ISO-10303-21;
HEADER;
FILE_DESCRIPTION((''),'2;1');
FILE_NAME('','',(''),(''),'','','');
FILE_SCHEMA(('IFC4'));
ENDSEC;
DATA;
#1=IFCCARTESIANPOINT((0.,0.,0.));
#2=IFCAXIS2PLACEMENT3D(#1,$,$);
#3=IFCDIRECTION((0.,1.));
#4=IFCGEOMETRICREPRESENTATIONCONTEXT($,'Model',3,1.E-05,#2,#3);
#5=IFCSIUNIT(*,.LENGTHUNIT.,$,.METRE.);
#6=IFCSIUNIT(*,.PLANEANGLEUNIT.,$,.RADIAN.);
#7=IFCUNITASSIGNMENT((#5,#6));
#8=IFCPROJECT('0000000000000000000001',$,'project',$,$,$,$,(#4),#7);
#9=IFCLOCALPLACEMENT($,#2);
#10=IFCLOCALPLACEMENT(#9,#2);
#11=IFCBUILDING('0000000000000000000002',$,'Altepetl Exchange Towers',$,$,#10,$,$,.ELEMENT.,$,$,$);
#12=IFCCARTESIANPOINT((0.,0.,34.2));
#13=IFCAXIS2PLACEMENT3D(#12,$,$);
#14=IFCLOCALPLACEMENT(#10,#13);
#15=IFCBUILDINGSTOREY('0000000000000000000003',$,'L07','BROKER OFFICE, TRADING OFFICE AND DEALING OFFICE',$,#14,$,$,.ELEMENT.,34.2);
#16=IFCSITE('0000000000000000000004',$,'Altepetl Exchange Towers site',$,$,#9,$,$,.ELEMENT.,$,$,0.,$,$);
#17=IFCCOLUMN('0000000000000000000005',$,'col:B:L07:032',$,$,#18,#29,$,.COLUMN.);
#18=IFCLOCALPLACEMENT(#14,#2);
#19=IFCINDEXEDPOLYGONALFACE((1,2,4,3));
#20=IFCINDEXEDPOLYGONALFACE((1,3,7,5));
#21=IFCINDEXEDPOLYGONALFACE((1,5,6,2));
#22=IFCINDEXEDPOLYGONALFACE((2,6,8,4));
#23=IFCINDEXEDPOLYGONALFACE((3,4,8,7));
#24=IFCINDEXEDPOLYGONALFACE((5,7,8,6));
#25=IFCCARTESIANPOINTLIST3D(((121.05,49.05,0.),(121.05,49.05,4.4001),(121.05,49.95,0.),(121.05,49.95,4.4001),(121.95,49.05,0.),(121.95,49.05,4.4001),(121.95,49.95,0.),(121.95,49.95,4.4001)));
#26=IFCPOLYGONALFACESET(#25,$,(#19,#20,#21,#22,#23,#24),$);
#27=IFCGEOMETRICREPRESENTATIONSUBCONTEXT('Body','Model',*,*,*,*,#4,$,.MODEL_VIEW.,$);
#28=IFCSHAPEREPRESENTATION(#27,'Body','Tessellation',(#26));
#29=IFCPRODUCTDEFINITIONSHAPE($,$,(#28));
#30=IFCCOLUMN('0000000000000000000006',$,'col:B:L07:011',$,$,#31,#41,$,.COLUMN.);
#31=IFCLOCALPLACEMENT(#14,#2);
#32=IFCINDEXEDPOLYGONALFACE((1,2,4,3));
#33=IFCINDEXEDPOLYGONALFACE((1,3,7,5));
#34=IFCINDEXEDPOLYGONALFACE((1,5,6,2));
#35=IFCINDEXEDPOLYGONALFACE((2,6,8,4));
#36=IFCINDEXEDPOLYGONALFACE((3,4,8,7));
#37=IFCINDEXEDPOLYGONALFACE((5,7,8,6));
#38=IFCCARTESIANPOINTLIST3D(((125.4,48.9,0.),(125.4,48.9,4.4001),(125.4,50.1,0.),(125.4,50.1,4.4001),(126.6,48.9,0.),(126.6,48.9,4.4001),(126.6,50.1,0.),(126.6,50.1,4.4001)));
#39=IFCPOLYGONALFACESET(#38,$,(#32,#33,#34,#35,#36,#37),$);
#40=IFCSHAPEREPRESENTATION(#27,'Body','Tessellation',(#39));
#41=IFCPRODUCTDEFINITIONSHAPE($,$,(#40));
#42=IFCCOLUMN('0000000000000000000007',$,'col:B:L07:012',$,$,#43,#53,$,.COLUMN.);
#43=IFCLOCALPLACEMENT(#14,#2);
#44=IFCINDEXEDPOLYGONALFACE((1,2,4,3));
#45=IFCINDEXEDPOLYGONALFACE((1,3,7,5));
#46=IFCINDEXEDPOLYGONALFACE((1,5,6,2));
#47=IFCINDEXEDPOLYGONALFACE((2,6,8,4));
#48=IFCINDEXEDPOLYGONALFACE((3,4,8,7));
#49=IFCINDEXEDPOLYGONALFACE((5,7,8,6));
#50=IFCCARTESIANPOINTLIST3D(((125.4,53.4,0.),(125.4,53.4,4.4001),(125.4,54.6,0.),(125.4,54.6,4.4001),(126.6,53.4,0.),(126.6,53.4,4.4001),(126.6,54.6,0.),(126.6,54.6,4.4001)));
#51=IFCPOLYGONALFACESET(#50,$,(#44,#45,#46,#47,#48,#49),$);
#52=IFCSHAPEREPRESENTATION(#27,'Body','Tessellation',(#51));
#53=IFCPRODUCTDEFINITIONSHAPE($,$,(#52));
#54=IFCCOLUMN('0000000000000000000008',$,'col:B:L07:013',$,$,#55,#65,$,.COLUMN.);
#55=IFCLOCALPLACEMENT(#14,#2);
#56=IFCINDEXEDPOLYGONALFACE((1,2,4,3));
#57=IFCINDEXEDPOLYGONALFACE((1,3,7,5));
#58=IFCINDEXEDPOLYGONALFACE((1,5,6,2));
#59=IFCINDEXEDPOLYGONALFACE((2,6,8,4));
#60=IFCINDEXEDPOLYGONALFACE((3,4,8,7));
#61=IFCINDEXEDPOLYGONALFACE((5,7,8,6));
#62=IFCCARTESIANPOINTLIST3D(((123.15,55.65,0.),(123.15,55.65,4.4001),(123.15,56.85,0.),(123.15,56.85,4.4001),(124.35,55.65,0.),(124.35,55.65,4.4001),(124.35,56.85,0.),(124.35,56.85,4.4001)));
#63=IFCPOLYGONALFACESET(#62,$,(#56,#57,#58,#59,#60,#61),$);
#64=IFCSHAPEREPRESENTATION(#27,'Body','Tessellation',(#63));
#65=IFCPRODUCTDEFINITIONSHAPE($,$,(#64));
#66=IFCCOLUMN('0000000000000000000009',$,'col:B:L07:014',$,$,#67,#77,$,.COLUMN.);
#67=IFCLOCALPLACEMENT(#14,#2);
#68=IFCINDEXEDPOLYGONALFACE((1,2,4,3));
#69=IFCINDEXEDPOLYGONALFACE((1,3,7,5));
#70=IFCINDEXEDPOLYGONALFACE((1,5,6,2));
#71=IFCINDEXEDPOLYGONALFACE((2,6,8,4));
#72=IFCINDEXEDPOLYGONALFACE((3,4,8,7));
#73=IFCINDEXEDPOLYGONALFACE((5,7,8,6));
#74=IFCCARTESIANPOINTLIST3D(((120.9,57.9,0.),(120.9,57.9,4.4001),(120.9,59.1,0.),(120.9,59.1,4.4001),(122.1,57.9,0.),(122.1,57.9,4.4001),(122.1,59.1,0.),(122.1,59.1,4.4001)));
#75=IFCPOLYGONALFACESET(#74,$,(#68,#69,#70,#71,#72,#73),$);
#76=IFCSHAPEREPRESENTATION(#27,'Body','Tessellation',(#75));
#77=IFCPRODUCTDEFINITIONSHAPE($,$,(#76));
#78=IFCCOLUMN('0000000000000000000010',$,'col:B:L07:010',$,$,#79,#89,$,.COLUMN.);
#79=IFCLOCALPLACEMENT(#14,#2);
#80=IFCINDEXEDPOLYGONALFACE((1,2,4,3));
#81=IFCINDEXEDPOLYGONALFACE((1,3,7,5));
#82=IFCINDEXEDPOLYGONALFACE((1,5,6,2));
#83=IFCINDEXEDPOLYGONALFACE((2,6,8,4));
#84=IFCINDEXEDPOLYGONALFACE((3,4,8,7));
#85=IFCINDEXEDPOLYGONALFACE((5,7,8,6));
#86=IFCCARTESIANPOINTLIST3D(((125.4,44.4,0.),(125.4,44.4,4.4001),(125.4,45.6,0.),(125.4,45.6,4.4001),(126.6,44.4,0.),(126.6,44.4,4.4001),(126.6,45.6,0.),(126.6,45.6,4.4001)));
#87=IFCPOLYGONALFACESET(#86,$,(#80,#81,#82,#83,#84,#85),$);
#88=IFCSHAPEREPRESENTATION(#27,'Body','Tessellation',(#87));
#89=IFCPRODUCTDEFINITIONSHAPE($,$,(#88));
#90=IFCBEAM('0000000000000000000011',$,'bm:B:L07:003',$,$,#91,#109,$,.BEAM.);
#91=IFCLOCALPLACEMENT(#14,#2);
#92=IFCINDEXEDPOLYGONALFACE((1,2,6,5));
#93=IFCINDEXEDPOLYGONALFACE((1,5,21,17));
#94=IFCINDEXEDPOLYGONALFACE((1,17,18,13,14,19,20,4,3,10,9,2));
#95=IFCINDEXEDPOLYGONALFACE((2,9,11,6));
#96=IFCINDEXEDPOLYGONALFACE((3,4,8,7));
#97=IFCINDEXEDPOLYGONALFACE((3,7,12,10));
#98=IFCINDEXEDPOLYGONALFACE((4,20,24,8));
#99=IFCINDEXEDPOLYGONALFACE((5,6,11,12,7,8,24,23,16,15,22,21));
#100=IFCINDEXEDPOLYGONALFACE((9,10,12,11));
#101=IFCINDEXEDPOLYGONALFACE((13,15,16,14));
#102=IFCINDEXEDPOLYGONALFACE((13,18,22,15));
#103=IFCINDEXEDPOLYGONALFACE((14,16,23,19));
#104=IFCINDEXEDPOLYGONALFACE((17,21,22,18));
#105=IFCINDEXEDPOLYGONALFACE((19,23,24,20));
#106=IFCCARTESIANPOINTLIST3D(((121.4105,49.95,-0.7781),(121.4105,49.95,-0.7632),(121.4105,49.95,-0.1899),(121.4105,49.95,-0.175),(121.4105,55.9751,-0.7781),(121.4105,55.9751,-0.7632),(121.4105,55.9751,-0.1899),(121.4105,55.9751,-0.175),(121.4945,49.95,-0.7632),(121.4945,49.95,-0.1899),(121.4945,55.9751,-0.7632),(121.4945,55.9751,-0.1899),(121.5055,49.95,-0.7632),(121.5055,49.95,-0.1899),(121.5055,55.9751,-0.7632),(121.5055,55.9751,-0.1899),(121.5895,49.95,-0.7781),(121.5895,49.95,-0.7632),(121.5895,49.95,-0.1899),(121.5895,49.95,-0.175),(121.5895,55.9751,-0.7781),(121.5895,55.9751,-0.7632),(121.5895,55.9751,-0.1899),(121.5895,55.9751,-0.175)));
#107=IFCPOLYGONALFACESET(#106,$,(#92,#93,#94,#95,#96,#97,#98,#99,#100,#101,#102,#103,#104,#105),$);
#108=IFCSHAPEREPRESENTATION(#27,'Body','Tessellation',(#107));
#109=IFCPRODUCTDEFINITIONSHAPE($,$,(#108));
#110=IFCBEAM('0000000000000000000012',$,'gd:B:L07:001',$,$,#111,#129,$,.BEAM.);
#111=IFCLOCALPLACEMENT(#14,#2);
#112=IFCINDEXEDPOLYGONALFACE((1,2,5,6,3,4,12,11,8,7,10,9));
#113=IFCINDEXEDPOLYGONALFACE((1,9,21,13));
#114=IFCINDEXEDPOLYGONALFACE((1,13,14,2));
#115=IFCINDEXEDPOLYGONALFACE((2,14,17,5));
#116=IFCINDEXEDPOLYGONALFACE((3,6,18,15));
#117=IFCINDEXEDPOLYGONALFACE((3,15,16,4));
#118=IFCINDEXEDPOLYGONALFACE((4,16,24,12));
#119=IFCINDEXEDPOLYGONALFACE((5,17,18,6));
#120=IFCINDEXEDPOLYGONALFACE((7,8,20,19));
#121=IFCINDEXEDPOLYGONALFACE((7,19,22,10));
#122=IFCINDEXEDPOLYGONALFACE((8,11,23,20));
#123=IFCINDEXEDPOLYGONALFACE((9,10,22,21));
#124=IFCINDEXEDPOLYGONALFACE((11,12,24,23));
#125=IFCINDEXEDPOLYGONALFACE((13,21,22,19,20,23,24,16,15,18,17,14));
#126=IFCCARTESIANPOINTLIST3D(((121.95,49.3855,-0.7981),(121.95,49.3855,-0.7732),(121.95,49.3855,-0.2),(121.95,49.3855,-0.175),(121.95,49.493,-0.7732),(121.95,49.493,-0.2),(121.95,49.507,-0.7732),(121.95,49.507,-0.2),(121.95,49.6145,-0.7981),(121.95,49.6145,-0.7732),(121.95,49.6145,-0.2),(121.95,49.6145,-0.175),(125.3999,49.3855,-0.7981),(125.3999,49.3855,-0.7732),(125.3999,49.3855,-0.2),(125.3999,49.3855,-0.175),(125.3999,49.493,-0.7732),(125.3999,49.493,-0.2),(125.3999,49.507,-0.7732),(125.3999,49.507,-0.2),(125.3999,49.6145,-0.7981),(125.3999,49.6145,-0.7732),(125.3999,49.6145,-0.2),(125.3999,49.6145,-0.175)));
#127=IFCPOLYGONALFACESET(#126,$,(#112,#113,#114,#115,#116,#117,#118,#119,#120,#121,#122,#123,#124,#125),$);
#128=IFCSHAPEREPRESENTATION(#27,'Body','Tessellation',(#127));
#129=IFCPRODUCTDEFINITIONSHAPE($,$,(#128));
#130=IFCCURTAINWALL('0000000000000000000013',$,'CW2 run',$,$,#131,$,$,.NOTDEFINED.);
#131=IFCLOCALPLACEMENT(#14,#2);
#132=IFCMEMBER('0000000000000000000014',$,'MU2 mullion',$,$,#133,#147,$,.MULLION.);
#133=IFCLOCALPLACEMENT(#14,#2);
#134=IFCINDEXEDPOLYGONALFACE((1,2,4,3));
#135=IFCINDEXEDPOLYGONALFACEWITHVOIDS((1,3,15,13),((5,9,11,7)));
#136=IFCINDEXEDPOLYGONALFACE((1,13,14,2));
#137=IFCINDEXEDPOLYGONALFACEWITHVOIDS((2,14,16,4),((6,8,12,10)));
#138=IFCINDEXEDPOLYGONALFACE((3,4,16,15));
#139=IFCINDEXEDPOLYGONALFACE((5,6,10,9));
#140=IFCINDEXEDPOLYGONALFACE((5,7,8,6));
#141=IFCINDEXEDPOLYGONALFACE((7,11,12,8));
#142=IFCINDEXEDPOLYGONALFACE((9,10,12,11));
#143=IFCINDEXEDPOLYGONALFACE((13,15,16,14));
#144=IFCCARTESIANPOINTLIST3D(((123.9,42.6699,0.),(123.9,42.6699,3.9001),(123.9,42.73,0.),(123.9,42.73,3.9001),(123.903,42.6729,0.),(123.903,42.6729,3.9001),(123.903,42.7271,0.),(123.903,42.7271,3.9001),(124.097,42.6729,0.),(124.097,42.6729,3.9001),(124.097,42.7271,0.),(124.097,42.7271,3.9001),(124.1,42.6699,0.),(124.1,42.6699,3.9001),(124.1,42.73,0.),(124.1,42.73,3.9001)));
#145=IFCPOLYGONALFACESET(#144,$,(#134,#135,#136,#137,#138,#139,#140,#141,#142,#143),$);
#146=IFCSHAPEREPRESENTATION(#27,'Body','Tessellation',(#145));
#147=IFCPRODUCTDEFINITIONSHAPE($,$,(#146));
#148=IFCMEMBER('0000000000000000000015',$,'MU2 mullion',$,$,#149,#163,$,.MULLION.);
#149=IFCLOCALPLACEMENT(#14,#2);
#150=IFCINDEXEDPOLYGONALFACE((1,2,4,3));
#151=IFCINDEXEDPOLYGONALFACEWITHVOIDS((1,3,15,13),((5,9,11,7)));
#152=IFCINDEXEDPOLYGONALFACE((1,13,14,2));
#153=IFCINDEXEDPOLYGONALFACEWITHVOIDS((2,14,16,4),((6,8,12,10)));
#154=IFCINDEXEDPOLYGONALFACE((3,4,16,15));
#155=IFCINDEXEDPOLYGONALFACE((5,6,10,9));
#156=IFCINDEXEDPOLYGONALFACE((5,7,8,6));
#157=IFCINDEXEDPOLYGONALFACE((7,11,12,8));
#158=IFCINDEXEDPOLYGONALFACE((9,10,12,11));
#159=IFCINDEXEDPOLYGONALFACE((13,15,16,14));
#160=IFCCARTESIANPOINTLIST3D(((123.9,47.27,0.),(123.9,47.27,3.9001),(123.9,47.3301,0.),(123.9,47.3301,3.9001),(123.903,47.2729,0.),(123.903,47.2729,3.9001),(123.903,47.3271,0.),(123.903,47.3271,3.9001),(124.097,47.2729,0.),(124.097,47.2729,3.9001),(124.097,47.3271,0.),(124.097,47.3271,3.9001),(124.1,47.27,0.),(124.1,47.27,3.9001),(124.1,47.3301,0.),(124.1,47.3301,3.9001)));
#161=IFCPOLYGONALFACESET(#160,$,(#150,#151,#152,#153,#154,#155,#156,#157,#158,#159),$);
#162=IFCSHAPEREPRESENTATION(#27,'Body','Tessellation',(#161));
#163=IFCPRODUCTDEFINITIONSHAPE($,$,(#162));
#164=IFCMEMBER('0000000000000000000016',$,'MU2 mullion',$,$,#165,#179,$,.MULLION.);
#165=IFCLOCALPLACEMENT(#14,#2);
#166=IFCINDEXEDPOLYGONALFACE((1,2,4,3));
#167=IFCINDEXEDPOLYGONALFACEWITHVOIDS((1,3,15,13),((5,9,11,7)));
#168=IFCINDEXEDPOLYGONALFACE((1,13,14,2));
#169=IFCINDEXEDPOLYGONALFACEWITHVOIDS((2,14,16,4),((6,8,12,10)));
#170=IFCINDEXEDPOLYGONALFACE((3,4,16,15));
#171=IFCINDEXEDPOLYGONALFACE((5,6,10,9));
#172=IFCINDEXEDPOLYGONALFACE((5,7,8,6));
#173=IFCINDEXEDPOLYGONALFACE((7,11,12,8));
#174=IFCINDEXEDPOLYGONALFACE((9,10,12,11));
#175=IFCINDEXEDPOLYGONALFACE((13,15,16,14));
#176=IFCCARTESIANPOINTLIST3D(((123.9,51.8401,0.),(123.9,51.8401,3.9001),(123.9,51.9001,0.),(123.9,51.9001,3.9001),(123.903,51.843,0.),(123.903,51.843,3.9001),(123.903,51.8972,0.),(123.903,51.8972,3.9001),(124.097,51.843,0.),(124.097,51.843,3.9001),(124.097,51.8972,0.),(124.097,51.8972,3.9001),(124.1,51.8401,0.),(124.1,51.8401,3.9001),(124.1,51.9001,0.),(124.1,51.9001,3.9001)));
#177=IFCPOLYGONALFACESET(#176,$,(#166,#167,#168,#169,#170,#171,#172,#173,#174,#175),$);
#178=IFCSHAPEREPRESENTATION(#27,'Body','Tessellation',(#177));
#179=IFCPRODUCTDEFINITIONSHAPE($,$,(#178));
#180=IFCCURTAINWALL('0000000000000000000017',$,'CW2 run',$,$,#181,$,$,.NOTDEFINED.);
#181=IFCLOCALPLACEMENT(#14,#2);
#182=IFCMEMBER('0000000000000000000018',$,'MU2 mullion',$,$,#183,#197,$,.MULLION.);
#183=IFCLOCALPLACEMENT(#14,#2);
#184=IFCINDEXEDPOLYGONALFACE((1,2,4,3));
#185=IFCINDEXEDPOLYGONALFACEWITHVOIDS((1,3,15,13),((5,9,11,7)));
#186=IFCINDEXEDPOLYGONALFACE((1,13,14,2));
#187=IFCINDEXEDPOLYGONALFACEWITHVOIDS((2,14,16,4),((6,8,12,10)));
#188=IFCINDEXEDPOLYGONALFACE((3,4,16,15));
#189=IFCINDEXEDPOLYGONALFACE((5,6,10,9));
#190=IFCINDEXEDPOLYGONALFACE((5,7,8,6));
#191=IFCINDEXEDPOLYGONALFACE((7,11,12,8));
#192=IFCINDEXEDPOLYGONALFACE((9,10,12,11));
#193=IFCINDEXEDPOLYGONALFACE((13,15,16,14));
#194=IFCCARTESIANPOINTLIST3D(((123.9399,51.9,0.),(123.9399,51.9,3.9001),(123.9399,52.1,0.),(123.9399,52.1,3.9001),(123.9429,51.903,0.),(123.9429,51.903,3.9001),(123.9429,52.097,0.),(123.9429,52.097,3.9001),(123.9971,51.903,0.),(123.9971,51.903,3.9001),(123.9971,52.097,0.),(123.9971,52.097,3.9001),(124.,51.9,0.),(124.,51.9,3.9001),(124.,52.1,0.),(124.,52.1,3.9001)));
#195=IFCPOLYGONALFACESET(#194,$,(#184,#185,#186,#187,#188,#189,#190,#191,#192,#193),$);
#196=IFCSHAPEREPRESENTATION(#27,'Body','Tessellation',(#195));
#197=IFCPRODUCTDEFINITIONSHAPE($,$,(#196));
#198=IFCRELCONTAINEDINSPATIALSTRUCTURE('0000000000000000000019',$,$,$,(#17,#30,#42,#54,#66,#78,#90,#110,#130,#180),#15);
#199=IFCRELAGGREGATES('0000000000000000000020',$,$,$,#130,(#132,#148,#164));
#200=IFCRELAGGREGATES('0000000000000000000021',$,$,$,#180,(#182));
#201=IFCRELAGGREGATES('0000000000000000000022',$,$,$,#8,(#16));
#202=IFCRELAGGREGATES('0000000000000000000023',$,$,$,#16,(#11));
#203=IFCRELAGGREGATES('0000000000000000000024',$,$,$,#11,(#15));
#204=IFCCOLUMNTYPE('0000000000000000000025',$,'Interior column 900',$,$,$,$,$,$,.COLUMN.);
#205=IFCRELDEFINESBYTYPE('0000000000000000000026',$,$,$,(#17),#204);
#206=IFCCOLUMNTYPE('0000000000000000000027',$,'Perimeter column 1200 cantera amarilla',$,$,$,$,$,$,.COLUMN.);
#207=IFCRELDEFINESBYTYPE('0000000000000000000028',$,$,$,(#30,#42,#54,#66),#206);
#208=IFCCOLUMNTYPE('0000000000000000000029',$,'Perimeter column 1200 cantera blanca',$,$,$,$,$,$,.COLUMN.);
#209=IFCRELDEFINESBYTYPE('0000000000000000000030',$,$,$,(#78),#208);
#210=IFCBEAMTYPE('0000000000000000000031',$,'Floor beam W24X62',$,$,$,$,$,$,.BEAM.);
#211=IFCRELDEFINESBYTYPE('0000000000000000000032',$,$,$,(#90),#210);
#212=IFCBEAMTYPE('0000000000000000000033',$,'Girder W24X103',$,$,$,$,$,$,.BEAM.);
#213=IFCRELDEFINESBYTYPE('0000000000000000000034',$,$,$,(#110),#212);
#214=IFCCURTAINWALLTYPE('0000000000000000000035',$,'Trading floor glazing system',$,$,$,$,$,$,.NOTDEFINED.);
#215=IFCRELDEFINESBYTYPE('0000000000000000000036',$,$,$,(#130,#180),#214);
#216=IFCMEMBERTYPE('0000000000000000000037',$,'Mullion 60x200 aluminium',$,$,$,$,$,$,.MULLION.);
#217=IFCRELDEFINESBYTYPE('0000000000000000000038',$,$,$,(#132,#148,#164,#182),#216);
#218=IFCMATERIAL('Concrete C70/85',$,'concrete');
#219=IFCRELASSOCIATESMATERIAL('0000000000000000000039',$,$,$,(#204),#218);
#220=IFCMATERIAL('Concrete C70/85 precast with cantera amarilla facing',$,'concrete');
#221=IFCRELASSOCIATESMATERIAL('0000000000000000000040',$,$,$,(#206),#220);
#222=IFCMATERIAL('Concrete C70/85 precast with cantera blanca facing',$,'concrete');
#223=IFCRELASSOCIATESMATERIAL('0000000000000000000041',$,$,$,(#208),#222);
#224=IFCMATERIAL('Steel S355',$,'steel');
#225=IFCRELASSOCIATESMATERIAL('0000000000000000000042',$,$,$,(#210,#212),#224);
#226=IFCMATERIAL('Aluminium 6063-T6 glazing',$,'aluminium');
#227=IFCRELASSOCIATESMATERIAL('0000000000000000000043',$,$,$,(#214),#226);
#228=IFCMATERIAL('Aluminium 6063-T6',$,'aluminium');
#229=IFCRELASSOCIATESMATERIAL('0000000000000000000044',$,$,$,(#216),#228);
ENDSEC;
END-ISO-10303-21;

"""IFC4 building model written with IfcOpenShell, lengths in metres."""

from ifc_helpers import new_model, si_unit, direction, frame, origin, origin_2d, place, context, subcontext, project, spatial, rectangle, hollow_rectangle, i_section, extrude, material, material_profile, profile_set, type_object, element, aggregate, save


model = new_model("IFC4")

# Units and contexts
model_context = context("Model", 3, precision=1e-05, world=origin(), true_north=direction((0.0, 1.0)))
body_context = subcontext(model_context, "Body", "Model", "MODEL_VIEW")
ifc_project = project(units=[si_unit("LENGTHUNIT", "METRE"), si_unit("PLANEANGLEUNIT", "RADIAN")], contexts=[model_context])

# Site, building, storey
site_placement = place(None, origin())
site = spatial("IfcSite", under=ifc_project, at=site_placement, Name="Altepetl Exchange Towers site", CompositionType="ELEMENT", RefElevation=0.0)
building_placement = place(site_placement, origin())
building = spatial("IfcBuilding", under=site, at=building_placement, Name="Altepetl Exchange Towers", CompositionType="ELEMENT")
storey_placement = place(building_placement, frame((0.0, 0.0, 34.2)))
storey = spatial("IfcBuildingStorey", under=building, at=storey_placement, Name="L07", Description="BROKER OFFICE, TRADING OFFICE AND DEALING OFFICE", CompositionType="ELEMENT", Elevation=34.2)

# Columns
ifc_material_1 = material(Name="Concrete C70/85", Category="concrete")
ifc_material_profile_1 = material_profile(ifc_material_1, rectangle(XDim=0.8999, YDim=0.8999, at=origin_2d()), Name="900 x 900")
ifc_profile_set_1 = profile_set([ifc_material_profile_1], Name="Concrete C70/85")
column_type_1 = type_object("IfcColumnType", Name="Interior column 900", PredefinedType="COLUMN", material=ifc_profile_set_1)
column_1_placement = place(storey_placement, frame((121.5, 49.5, 0.0)))
element("IfcColumn", 1, at=column_1_placement, inside=storey, type_object=column_type_1, Name="col:B:L07:032", PredefinedType="COLUMN", context=body_context, shape_type="SweptSolid", body=[
    extrude(rectangle(XDim=0.8999, YDim=0.8999, at=origin_2d()), origin(), (0.0, 0.0, 1.0), 4.4001),
])
ifc_material_2 = material(Name="Concrete C70/85 precast with cantera amarilla facing", Category="concrete")
ifc_material_profile_2 = material_profile(ifc_material_2, rectangle(XDim=1.2, YDim=1.2, at=origin_2d()), Name="1200 x 1200")
ifc_profile_set_2 = profile_set([ifc_material_profile_2], Name="Concrete C70/85 precast with cantera amarilla facing")
column_type_2 = type_object("IfcColumnType", Name="Perimeter column 1200 cantera amarilla", PredefinedType="COLUMN", material=ifc_profile_set_2)
for number, where, name in (
    (2, (126.0, 49.5, 0.0), "col:B:L07:011"),
    (3, (126.0, 54.0, 0.0), "col:B:L07:012"),
    (4, (123.75, 56.25, 0.0), "col:B:L07:013"),
    (5, (121.5, 58.5, 0.0), "col:B:L07:014"),
):
    element("IfcColumn", number, at=place(storey_placement, frame(where)), inside=storey, type_object=column_type_2, Name=name, PredefinedType="COLUMN", context=body_context, shape_type="SweptSolid", body=[
        extrude(rectangle(XDim=1.2, YDim=1.2, at=origin_2d()), origin(), (0.0, 0.0, 1.0), 4.4001),
    ])
ifc_material_3 = material(Name="Concrete C70/85 precast with cantera blanca facing", Category="concrete")
ifc_material_profile_3 = material_profile(ifc_material_3, rectangle(XDim=1.2, YDim=1.2, at=origin_2d()), Name="1200 x 1200")
ifc_profile_set_3 = profile_set([ifc_material_profile_3], Name="Concrete C70/85 precast with cantera blanca facing")
column_type_3 = type_object("IfcColumnType", Name="Perimeter column 1200 cantera blanca", PredefinedType="COLUMN", material=ifc_profile_set_3)
column_2_placement = place(storey_placement, frame((126.0, 45.0, 0.0)))
element("IfcColumn", 6, at=column_2_placement, inside=storey, type_object=column_type_3, Name="col:B:L07:010", PredefinedType="COLUMN", context=body_context, shape_type="SweptSolid", body=[
    extrude(rectangle(XDim=1.2, YDim=1.2, at=origin_2d()), origin(), (0.0, 0.0, 1.0), 4.4001),
])

# Beams
ifc_material_4 = material(Name="Steel S355", Category="steel")
ifc_material_profile_4 = material_profile(ifc_material_4, i_section(OverallWidth=0.179, OverallDepth=0.603, WebThickness=0.011, FlangeThickness=0.0149, at=origin_2d()), Name="W24X62")
ifc_profile_set_4 = profile_set([ifc_material_profile_4], Name="Steel S355")
beam_type_1 = type_object("IfcBeamType", Name="Floor beam W24X62", PredefinedType="BEAM", material=ifc_profile_set_4)
beam_1_placement = place(storey_placement, frame((121.5, 49.95, -0.4766), z_axis=(0.0, 1.0, 0.0), x_axis=(-1.0, 0.0, 0.0)))
element("IfcBeam", 7, at=beam_1_placement, inside=storey, type_object=beam_type_1, Name="bm:B:L07:003", PredefinedType="BEAM", context=body_context, shape_type="SweptSolid", body=[
    extrude(i_section(OverallWidth=0.179, OverallDepth=0.603, WebThickness=0.011, FlangeThickness=0.0149, at=origin_2d()), origin(), (0.0, 0.0, 1.0), 6.0251),
])
ifc_material_profile_5 = material_profile(ifc_material_4, i_section(OverallWidth=0.229, OverallDepth=0.623, WebThickness=0.0139, FlangeThickness=0.0249, at=origin_2d()), Name="W24X103")
ifc_profile_set_5 = profile_set([ifc_material_profile_5], Name="Steel S355")
beam_type_2 = type_object("IfcBeamType", Name="Girder W24X103", PredefinedType="BEAM", material=ifc_profile_set_5)
beam_2_placement = place(storey_placement, frame((121.95, 49.5, -0.4866), z_axis=(1.0, 0.0, 0.0), x_axis=(0.0, 1.0, 0.0)))
element("IfcBeam", 8, at=beam_2_placement, inside=storey, type_object=beam_type_2, Name="gd:B:L07:001", PredefinedType="BEAM", context=body_context, shape_type="SweptSolid", body=[
    extrude(i_section(OverallWidth=0.229, OverallDepth=0.623, WebThickness=0.0139, FlangeThickness=0.0249, at=origin_2d()), origin(), (0.0, 0.0, 1.0), 3.45),
])

# Curtain walls, members
ifc_material_5 = material(Name="Aluminium 6063-T6 glazing", Category="aluminium")
curtain_wall_type = type_object("IfcCurtainWallType", Name="Trading floor glazing system", PredefinedType="NOTDEFINED", material=ifc_material_5)
curtain_wall_1_placement = place(storey_placement, origin())
curtain_wall_1 = element("IfcCurtainWall", 9, at=curtain_wall_1_placement, inside=storey, type_object=curtain_wall_type, Name="CW2 run", PredefinedType="NOTDEFINED")
ifc_material_6 = material(Name="Aluminium 6063-T6", Category="aluminium")
ifc_material_profile_6 = material_profile(ifc_material_6, hollow_rectangle(XDim=0.0601, YDim=0.2, WallThickness=0.0029, at=origin_2d()), Name="Mullion 60x200 aluminium")
ifc_profile_set_6 = profile_set([ifc_material_profile_6], Name="Aluminium 6063-T6")
member_type = type_object("IfcMemberType", Name="Mullion 60x200 aluminium", PredefinedType="MULLION", material=ifc_profile_set_6)
member_1_placement = place(storey_placement, frame((124.0, 42.7, 0.0), z_axis=(0.0, 0.0, 1.0), x_axis=(0.0, 1.0, 0.0)))
member_1 = element("IfcMember", 10, at=member_1_placement, type_object=member_type, Name="MU2 mullion", PredefinedType="MULLION", context=body_context, shape_type="SweptSolid", body=[
    extrude(hollow_rectangle(XDim=0.0601, YDim=0.2, WallThickness=0.0029, at=origin_2d()), origin(), (0.0, 0.0, 1.0), 3.9001),
])
member_2_placement = place(storey_placement, frame((124.0, 47.3, 0.0), z_axis=(0.0, 0.0, 1.0), x_axis=(0.0, 1.0, 0.0)))
member_2 = element("IfcMember", 11, at=member_2_placement, type_object=member_type, Name="MU2 mullion", PredefinedType="MULLION", context=body_context, shape_type="SweptSolid", body=[
    extrude(hollow_rectangle(XDim=0.0601, YDim=0.2, WallThickness=0.0029, at=origin_2d()), origin(), (0.0, 0.0, 1.0), 3.9001),
])
member_3_placement = place(storey_placement, frame((124.0, 51.8701, 0.0), z_axis=(0.0, 0.0, 1.0), x_axis=(0.0, 1.0, 0.0)))
member_3 = element("IfcMember", 12, at=member_3_placement, type_object=member_type, Name="MU2 mullion", PredefinedType="MULLION", context=body_context, shape_type="SweptSolid", body=[
    extrude(hollow_rectangle(XDim=0.0601, YDim=0.2, WallThickness=0.0029, at=origin_2d()), origin(), (0.0, 0.0, 1.0), 3.9001),
])
curtain_wall_2_placement = place(storey_placement, origin())
curtain_wall_2 = element("IfcCurtainWall", 13, at=curtain_wall_2_placement, inside=storey, type_object=curtain_wall_type, Name="CW2 run", PredefinedType="NOTDEFINED")
member_4_placement = place(storey_placement, frame((123.97, 52.0, 0.0), z_axis=(0.0, 0.0, 1.0), x_axis=(-1.0, 0.0, 0.0)))
member_4 = element("IfcMember", 14, at=member_4_placement, type_object=member_type, Name="MU2 mullion", PredefinedType="MULLION", context=body_context, shape_type="SweptSolid", body=[
    extrude(hollow_rectangle(XDim=0.0601, YDim=0.2, WallThickness=0.0029, at=origin_2d()), origin(), (0.0, 0.0, 1.0), 3.9001),
])

aggregate(curtain_wall_1, [member_1, member_2, member_3])
aggregate(curtain_wall_2, [member_4])

save(model, "model.ifc")
